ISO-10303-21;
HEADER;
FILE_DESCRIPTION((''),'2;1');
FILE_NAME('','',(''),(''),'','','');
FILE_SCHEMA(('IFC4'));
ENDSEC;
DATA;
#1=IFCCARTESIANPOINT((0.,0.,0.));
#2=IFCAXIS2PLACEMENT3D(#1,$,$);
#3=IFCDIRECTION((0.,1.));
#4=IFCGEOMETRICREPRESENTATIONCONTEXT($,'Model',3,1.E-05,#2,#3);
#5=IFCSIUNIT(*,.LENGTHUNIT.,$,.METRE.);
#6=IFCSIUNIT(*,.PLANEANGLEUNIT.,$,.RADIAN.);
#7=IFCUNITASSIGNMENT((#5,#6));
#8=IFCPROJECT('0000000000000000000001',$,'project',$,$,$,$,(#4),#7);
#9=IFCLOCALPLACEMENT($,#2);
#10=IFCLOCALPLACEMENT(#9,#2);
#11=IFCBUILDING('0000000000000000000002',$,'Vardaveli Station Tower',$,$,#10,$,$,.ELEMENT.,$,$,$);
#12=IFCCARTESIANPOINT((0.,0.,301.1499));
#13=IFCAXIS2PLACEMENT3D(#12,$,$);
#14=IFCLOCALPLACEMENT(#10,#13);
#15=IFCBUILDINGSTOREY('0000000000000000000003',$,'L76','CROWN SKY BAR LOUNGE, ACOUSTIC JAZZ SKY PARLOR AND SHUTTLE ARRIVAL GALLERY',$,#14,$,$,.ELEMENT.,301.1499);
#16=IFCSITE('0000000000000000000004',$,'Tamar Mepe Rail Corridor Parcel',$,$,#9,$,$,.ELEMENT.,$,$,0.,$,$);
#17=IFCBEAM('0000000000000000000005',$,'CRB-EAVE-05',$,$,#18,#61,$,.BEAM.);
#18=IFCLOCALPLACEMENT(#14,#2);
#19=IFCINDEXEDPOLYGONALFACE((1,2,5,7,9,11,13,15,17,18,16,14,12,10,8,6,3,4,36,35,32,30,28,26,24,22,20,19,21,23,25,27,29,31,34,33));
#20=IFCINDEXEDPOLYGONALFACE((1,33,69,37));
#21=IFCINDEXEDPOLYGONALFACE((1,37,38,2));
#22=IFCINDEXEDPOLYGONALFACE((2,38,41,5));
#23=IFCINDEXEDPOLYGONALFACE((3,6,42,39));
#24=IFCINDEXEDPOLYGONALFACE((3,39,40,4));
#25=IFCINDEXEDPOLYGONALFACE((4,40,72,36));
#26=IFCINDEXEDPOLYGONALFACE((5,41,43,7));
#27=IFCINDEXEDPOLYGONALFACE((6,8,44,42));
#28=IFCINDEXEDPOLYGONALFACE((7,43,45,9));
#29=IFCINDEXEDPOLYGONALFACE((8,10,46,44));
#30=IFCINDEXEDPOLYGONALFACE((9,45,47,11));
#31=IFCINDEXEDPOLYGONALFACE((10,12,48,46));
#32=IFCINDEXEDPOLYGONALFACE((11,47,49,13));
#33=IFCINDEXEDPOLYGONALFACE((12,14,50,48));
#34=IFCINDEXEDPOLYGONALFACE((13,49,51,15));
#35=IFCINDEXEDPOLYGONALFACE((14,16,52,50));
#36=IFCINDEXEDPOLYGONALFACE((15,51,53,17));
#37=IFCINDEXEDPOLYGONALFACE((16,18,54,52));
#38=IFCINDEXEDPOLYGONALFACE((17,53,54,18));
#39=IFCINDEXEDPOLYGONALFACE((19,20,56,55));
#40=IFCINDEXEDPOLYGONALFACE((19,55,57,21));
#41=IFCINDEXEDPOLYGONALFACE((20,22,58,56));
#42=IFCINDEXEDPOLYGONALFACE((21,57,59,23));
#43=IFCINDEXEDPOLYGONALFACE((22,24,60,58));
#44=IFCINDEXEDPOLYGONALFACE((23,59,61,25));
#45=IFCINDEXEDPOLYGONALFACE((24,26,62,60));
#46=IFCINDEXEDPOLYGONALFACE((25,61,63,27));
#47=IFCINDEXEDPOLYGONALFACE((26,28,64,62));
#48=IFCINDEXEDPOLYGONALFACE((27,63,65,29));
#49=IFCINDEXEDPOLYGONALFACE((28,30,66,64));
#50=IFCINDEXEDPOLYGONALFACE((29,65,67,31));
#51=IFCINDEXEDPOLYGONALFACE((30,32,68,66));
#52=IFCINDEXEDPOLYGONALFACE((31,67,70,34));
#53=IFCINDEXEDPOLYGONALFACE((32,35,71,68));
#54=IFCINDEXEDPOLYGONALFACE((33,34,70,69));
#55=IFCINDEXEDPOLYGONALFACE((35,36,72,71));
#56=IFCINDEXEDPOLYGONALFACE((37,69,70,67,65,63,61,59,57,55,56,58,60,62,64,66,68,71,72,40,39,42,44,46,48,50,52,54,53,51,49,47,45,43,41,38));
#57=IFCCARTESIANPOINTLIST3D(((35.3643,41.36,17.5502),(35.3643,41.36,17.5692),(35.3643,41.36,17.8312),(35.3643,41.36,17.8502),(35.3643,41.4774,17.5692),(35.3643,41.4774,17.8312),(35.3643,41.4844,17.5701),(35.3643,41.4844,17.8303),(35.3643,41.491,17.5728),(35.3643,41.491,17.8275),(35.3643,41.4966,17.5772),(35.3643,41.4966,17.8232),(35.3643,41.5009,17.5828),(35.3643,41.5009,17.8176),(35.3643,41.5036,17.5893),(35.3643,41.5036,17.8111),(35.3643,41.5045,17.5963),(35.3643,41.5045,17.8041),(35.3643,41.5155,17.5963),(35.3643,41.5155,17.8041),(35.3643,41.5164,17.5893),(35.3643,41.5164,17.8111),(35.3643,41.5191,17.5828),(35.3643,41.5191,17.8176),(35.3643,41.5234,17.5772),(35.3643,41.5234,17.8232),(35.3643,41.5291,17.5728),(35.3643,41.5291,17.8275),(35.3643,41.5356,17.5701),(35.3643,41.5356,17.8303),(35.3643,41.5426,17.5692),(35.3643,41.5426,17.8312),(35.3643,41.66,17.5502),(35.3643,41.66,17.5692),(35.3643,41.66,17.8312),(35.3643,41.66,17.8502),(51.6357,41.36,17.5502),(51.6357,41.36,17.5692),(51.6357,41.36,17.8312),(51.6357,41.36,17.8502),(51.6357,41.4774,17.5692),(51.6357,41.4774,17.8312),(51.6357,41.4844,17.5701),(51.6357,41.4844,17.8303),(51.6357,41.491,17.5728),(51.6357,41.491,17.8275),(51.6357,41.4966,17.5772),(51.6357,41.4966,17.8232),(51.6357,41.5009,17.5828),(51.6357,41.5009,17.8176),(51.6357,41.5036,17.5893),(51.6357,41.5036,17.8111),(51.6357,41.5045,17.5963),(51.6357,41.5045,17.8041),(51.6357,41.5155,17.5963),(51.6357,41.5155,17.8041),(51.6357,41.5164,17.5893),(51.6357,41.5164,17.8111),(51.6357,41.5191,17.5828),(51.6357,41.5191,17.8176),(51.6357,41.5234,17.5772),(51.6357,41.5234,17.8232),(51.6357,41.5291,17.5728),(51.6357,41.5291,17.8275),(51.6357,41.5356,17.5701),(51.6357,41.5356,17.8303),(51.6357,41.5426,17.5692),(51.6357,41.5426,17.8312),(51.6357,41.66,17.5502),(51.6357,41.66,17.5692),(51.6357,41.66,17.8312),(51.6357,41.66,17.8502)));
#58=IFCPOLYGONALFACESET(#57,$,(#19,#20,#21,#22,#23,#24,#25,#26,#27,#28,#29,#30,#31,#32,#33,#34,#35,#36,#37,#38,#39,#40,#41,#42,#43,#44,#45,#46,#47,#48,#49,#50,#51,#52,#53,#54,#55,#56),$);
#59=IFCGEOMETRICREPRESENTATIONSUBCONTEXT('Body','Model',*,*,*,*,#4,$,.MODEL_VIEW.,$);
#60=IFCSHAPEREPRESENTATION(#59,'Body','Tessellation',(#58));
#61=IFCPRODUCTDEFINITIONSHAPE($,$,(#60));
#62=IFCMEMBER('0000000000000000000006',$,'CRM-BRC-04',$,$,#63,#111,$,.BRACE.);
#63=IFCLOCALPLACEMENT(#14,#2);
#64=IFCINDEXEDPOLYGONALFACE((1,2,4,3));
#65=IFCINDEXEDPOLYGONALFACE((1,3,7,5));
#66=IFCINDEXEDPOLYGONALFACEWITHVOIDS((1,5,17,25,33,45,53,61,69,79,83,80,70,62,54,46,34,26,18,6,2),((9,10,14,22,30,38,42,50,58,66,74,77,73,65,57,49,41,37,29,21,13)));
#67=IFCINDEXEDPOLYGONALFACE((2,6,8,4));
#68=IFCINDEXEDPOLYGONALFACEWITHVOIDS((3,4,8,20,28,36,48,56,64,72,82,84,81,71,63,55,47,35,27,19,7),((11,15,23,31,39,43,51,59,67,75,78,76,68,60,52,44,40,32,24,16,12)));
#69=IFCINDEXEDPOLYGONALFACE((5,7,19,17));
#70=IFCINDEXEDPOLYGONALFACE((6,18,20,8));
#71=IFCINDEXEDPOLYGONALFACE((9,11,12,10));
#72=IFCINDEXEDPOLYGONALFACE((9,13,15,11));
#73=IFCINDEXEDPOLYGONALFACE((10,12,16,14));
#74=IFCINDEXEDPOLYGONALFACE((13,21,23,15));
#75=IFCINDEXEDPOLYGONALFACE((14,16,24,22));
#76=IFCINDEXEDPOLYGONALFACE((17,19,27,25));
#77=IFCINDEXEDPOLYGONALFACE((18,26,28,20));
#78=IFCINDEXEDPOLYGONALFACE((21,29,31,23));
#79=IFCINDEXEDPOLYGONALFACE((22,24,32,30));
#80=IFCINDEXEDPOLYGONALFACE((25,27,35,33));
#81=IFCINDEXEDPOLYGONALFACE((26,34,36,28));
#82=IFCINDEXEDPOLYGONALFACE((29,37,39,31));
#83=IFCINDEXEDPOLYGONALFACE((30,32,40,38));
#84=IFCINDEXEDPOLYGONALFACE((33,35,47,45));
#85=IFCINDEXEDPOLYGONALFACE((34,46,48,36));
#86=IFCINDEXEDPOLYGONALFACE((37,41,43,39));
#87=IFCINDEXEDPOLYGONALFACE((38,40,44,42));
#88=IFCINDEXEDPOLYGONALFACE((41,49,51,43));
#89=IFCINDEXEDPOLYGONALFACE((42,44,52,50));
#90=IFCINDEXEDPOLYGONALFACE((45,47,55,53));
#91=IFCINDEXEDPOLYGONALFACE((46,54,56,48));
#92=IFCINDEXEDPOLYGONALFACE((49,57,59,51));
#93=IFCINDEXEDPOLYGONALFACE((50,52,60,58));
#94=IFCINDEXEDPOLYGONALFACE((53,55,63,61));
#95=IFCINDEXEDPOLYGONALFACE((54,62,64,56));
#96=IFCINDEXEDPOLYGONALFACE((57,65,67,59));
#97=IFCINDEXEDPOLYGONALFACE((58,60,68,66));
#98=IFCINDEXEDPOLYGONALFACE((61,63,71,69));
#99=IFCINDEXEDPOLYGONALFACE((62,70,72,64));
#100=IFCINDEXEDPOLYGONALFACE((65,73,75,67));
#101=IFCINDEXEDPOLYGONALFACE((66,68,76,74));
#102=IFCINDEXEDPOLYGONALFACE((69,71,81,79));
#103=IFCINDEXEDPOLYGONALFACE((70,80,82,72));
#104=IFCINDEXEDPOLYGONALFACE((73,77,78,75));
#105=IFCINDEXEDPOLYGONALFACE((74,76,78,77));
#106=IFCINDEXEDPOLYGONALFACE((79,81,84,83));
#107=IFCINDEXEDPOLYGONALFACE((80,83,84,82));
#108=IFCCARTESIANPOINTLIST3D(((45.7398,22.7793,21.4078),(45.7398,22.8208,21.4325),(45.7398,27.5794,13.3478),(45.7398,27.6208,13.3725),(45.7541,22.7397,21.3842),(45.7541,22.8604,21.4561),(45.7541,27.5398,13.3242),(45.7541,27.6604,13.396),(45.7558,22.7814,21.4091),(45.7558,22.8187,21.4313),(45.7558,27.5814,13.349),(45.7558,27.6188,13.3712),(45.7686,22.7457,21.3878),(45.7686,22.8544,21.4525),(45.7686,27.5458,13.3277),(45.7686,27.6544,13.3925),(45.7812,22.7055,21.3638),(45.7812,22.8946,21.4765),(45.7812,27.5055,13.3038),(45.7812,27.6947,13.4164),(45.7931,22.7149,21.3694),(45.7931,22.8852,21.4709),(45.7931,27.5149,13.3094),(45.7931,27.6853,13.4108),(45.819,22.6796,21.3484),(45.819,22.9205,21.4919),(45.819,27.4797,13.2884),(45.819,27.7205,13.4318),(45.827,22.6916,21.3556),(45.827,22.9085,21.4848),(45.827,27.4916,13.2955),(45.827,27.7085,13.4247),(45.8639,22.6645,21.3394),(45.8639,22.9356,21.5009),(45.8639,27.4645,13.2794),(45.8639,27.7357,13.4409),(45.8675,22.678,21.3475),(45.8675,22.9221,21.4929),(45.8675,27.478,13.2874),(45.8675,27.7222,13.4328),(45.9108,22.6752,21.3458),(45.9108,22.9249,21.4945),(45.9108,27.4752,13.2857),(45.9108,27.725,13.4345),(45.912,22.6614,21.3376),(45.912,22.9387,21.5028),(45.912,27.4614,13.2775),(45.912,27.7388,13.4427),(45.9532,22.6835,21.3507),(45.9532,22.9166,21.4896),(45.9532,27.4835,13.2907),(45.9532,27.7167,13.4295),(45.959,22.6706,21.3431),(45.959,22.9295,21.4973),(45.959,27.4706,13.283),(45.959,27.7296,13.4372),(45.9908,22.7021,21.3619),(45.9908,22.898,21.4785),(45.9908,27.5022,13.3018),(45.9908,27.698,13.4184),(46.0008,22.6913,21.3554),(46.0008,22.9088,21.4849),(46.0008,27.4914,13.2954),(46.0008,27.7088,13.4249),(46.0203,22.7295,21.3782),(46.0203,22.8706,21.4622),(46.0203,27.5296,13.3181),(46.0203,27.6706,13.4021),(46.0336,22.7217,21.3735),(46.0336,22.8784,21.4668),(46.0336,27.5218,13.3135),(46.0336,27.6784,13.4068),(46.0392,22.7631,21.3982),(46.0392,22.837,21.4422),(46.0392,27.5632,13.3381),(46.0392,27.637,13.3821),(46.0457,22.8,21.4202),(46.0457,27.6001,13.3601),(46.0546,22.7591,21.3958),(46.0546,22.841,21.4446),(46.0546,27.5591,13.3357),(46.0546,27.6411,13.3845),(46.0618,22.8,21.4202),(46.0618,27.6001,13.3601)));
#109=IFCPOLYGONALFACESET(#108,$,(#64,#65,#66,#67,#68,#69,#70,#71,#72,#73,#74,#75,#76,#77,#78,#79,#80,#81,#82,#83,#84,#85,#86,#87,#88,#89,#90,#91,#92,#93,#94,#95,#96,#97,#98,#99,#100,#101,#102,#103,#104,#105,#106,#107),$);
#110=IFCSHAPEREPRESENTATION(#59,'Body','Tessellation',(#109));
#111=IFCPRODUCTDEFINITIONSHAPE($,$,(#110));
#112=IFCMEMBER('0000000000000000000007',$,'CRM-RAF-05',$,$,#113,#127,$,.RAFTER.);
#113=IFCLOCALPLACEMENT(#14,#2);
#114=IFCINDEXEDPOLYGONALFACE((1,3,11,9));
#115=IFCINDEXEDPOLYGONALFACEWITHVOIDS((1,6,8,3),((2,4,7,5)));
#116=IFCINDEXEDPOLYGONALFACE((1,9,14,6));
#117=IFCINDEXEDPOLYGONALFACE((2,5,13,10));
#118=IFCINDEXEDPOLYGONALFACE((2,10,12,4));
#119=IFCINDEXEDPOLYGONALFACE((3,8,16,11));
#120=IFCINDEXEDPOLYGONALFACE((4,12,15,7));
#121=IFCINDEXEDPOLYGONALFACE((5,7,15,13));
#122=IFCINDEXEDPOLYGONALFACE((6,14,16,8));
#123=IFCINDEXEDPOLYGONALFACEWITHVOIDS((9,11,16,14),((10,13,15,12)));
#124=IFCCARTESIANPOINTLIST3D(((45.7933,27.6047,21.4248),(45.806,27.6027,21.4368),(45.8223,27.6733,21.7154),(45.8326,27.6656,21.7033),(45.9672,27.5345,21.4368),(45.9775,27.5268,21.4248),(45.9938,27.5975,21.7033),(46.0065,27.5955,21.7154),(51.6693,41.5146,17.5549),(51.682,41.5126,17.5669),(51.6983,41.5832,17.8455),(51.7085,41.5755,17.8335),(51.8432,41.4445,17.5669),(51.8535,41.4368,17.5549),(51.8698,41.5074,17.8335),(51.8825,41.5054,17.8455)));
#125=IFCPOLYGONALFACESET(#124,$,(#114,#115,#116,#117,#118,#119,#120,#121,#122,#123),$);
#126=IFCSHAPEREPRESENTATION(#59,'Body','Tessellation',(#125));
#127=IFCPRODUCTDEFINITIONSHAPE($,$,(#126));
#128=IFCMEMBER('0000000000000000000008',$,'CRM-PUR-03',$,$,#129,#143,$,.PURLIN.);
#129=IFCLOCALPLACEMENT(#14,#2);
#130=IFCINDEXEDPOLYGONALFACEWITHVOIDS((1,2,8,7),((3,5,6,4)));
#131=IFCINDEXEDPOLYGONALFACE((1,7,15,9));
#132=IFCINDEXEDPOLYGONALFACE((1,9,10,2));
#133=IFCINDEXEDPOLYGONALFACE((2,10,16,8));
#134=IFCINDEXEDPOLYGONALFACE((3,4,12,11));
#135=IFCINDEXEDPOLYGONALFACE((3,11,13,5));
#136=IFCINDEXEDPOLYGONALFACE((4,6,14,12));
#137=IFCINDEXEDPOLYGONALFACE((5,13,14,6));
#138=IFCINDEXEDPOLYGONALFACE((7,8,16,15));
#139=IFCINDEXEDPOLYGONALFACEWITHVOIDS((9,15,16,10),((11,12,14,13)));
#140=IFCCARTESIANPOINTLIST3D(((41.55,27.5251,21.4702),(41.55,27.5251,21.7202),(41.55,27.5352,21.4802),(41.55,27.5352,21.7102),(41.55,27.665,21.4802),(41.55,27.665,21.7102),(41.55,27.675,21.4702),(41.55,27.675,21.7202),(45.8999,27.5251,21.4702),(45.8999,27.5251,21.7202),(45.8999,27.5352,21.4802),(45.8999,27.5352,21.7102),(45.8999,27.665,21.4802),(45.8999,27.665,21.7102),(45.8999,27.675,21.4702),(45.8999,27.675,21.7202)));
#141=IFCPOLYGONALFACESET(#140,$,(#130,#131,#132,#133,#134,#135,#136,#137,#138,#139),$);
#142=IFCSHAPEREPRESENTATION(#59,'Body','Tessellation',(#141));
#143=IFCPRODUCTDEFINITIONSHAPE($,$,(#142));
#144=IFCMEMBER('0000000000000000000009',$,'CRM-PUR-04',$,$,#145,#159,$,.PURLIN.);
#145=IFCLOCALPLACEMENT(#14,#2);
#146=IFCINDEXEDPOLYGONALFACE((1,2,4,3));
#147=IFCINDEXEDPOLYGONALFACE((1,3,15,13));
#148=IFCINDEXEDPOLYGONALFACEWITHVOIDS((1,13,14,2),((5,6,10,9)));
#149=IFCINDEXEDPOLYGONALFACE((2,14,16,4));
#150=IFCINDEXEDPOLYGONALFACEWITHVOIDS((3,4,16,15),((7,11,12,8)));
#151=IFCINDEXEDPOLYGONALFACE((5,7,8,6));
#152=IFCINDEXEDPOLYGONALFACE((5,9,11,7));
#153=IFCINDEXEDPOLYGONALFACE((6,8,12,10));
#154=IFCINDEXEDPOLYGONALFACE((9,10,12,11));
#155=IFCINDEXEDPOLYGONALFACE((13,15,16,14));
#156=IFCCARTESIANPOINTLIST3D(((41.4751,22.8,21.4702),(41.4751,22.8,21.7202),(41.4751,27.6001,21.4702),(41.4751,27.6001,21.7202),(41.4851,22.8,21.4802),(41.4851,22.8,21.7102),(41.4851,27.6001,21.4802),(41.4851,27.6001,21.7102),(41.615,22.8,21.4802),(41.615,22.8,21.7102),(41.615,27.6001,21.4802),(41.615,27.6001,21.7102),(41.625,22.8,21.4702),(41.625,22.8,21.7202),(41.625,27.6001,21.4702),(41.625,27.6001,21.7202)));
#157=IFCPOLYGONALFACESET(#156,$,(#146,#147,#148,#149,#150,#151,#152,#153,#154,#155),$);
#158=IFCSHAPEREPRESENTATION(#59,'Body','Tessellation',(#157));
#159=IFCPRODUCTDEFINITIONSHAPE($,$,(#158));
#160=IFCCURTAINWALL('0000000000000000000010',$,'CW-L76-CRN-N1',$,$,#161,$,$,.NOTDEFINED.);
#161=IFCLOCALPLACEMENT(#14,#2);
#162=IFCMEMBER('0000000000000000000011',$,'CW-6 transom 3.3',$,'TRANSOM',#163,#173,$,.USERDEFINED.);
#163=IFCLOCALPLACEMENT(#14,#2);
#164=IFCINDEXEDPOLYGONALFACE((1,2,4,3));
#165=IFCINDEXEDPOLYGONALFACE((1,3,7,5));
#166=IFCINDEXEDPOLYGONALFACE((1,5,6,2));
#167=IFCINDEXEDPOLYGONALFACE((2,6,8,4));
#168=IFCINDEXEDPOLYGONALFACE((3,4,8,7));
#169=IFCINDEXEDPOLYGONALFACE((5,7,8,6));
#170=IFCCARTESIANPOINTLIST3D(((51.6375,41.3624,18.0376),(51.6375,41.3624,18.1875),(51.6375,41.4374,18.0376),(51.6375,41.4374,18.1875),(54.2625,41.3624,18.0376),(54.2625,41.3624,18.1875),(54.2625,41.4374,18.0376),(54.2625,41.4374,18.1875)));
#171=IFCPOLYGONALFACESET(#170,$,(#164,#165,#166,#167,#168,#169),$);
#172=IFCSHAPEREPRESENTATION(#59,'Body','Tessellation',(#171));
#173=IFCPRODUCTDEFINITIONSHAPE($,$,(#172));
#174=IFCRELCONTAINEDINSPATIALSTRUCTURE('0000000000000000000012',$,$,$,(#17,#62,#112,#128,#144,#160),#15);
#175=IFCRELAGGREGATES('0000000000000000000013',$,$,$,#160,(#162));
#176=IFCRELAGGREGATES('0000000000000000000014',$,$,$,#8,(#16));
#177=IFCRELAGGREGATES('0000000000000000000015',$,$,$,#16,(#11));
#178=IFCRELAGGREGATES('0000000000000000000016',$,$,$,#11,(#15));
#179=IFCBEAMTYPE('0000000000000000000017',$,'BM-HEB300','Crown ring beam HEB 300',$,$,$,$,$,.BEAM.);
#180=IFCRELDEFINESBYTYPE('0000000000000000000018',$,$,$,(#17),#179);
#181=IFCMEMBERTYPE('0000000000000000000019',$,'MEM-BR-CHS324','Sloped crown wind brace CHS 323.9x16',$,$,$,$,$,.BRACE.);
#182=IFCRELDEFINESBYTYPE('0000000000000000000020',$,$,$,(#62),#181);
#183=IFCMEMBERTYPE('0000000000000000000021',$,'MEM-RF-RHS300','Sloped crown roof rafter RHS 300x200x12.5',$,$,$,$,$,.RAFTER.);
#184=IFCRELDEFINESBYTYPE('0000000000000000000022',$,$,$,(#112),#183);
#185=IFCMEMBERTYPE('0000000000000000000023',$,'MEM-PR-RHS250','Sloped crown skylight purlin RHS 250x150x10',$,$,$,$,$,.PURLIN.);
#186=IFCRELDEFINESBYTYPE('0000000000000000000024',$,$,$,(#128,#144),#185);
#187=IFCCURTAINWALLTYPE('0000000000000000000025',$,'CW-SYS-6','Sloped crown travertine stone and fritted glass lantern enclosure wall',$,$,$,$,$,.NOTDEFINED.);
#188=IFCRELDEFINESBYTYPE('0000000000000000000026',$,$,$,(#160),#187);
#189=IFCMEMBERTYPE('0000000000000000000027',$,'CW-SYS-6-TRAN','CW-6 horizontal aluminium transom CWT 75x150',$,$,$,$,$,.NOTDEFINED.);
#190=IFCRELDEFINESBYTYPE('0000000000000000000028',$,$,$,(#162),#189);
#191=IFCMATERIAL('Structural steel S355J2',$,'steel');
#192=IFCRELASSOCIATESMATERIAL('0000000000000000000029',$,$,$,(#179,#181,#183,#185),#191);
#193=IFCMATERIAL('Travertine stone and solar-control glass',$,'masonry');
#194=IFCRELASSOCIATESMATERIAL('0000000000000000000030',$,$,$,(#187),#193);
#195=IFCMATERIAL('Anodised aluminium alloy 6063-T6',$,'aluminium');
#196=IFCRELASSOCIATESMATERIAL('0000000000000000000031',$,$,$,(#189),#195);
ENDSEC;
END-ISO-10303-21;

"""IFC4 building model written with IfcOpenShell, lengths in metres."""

from ifc_helpers import new_model, si_unit, direction, frame, origin, origin_2d, place, context, subcontext, project, spatial, rectangle, hollow_rectangle, hollow_circle, i_section, extrude, source, transform, mapped, material, material_profile, profile_set, type_object, element, aggregate, save


model = new_model("IFC4")

# Units and contexts
model_context = context("Model", 3, precision=1e-05, world=origin(), true_north=direction((0.0, 1.0)))
body_context = subcontext(model_context, "Body", "Model", "MODEL_VIEW")
ifc_project = project(units=[si_unit("LENGTHUNIT", "METRE"), si_unit("PLANEANGLEUNIT", "RADIAN")], contexts=[model_context])

# Site, building, storey
site_placement = place(None, origin())
site = spatial("IfcSite", under=ifc_project, at=site_placement, Name="Tamar Mepe Rail Corridor Parcel", CompositionType="ELEMENT", RefElevation=0.0)
building_placement = place(site_placement, origin())
building = spatial("IfcBuilding", under=site, at=building_placement, Name="Vardaveli Station Tower", CompositionType="ELEMENT")
storey_placement = place(building_placement, frame((0.0, 0.0, 301.1499)))
storey = spatial("IfcBuildingStorey", under=building, at=storey_placement, Name="L76", Description="CROWN SKY BAR LOUNGE, ACOUSTIC JAZZ SKY PARLOR AND SHUTTLE ARRIVAL GALLERY", CompositionType="ELEMENT", Elevation=301.1499)

# Beam
ifc_material_1 = material(Name="Structural steel S355J2", Category="steel")
ifc_material_profile_1 = material_profile(ifc_material_1, i_section(OverallWidth=0.3, OverallDepth=0.3, WebThickness=0.011, FlangeThickness=0.019, FilletRadius=0.0271, at=origin_2d()), Name="HEB 300")
ifc_profile_set_1 = profile_set([ifc_material_profile_1], Name="Structural steel S355J2")
beam_type = type_object("IfcBeamType", Name="BM-HEB300", Description="Crown ring beam HEB 300", PredefinedType="BEAM", material=ifc_profile_set_1)
shared_shape_1 = source(origin(), body_context, "Body", "SweptSolid", [
    extrude(i_section(OverallWidth=0.3, OverallDepth=0.3, WebThickness=0.011, FlangeThickness=0.019, FilletRadius=0.0271, at=origin_2d()), origin(), (0.0, 0.0, 1.0), 16.2715),
])
beam_placement = place(storey_placement, frame((51.6357, 41.51, 17.7002), z_axis=(-1.0, 0.0, 0.0), x_axis=(0.0, -1.0, 0.0)))
element("IfcBeam", 1, at=beam_placement, inside=storey, type_object=beam_type, Name="CRB-EAVE-05", PredefinedType="BEAM", context=body_context, shape_type="MappedRepresentation", body=[
    mapped(shared_shape_1, transform((0.0, 0.0, 0.0), scale=1.0)),
])

# Members
ifc_material_profile_2 = material_profile(ifc_material_1, hollow_circle(Radius=0.1619, WallThickness=0.0161, at=origin_2d()), Name="CHS 323.9x16")
ifc_profile_set_2 = profile_set([ifc_material_profile_2], Name="Structural steel S355J2")
member_type_1 = type_object("IfcMemberType", Name="MEM-BR-CHS324", Description="Sloped crown wind brace CHS 323.9x16", PredefinedType="BRACE", material=ifc_profile_set_2)
shared_shape_2 = source(origin(), body_context, "Body", "SweptSolid", [
    extrude(hollow_circle(Radius=0.1619, WallThickness=0.0161, at=origin_2d()), origin(), (0.0, 0.0, 1.0), 9.3811),
])
member_1_placement = place(storey_placement, frame((45.8999, 27.6001, 13.3601), z_axis=(0.0, -0.511672, 0.859181), x_axis=(1.0, 0.0, 0.0)))
element("IfcMember", 2, at=member_1_placement, inside=storey, type_object=member_type_1, Name="CRM-BRC-04", PredefinedType="BRACE", context=body_context, shape_type="MappedRepresentation", body=[
    mapped(shared_shape_2, transform((0.0, 0.0, 0.0), scale=1.0)),
])
ifc_material_profile_3 = material_profile(ifc_material_1, hollow_rectangle(XDim=0.2, YDim=0.3, WallThickness=0.0125, at=origin_2d()), Name="RHS 300x200x12.5")
ifc_profile_set_3 = profile_set([ifc_material_profile_3], Name="Structural steel S355J2")
member_type_2 = type_object("IfcMemberType", Name="MEM-RF-RHS300", Description="Sloped crown roof rafter RHS 300x200x12.5", PredefinedType="RAFTER", material=ifc_profile_set_3)
shared_shape_3 = source(origin(), body_context, "Body", "SweptSolid", [
    extrude(hollow_rectangle(XDim=0.2, YDim=0.3, WallThickness=0.0125, at=origin_2d()), origin(), (0.0, 0.0, 1.0), 15.5881),
])
member_2_placement = place(storey_placement, frame((51.7759, 41.51, 17.7002), z_axis=(-0.376953, -0.892342, 0.248258), x_axis=(0.921181, -0.389135, 0.0)))
element("IfcMember", 3, at=member_2_placement, inside=storey, type_object=member_type_2, Name="CRM-RAF-05", PredefinedType="RAFTER", context=body_context, shape_type="MappedRepresentation", body=[
    mapped(shared_shape_3, transform((0.0, 0.0, 0.0), scale=1.0)),
])
ifc_material_profile_4 = material_profile(ifc_material_1, hollow_rectangle(XDim=0.1499, YDim=0.25, WallThickness=0.01, at=origin_2d()), Name="RHS 250x150x10")
ifc_profile_set_4 = profile_set([ifc_material_profile_4], Name="Structural steel S355J2")
member_type_3 = type_object("IfcMemberType", Name="MEM-PR-RHS250", Description="Sloped crown skylight purlin RHS 250x150x10", PredefinedType="PURLIN", material=ifc_profile_set_4)
shared_shape_4 = source(origin(), body_context, "Body", "SweptSolid", [
    extrude(hollow_rectangle(XDim=0.1499, YDim=0.25, WallThickness=0.01, at=origin_2d()), origin(), (0.0, 0.0, 1.0), 4.3499),
])
member_3_placement = place(storey_placement, frame((45.8999, 27.6001, 21.5952), z_axis=(-1.0, 0.0, 0.0), x_axis=(0.0, -1.0, 0.0)))
element("IfcMember", 4, at=member_3_placement, inside=storey, type_object=member_type_3, Name="CRM-PUR-03", PredefinedType="PURLIN", context=body_context, shape_type="MappedRepresentation", body=[
    mapped(shared_shape_4, transform((0.0, 0.0, 0.0), scale=1.0)),
])
shared_shape_5 = source(origin(), body_context, "Body", "SweptSolid", [
    extrude(hollow_rectangle(XDim=0.1499, YDim=0.25, WallThickness=0.01, at=origin_2d()), origin(), (0.0, 0.0, 1.0), 4.8),
])
member_4_placement = place(storey_placement, frame((41.55, 27.6001, 21.5952), z_axis=(0.0, -1.0, 0.0), x_axis=(1.0, 0.0, 0.0)))
element("IfcMember", 5, at=member_4_placement, inside=storey, type_object=member_type_3, Name="CRM-PUR-04", PredefinedType="PURLIN", context=body_context, shape_type="MappedRepresentation", body=[
    mapped(shared_shape_5, transform((0.0, 0.0, 0.0), scale=1.0)),
])

# Curtain wall, member
ifc_material_2 = material(Name="Travertine stone and solar-control glass", Category="masonry")
curtain_wall_type = type_object("IfcCurtainWallType", Name="CW-SYS-6", Description="Sloped crown travertine stone and fritted glass lantern enclosure wall", PredefinedType="NOTDEFINED", material=ifc_material_2)
curtain_wall_1_placement = place(storey_placement, origin())
curtain_wall_1 = element("IfcCurtainWall", 6, at=curtain_wall_1_placement, inside=storey, type_object=curtain_wall_type, Name="CW-L76-CRN-N1", PredefinedType="NOTDEFINED")
ifc_material_3 = material(Name="Anodised aluminium alloy 6063-T6", Category="aluminium")
ifc_material_profile_5 = material_profile(ifc_material_3, rectangle(XDim=0.075, YDim=0.1499, at=origin_2d()), Name="CWT 75x150")
ifc_profile_set_5 = profile_set([ifc_material_profile_5], Name="Anodised aluminium alloy 6063-T6")
member_type_4 = type_object("IfcMemberType", Name="CW-SYS-6-TRAN", Description="CW-6 horizontal aluminium transom CWT 75x150", PredefinedType="NOTDEFINED", material=ifc_profile_set_5)
shared_shape_6 = source(origin(), body_context, "Body", "SweptSolid", [
    extrude(rectangle(XDim=0.075, YDim=0.1499, at=origin_2d()), origin(), (0.0, 0.0, 1.0), 2.625),
])
member_5_placement = place(storey_placement, frame((54.2625, 41.3999, 18.1125), z_axis=(-1.0, 0.0, 0.0), x_axis=(0.0, -1.0, 0.0)))
member_5 = element("IfcMember", 7, at=member_5_placement, type_object=member_type_4, Name="CW-6 transom 3.3", ObjectType="TRANSOM", PredefinedType="USERDEFINED", context=body_context, shape_type="MappedRepresentation", body=[
    mapped(shared_shape_6, transform((0.0, 0.0, 0.0), scale=1.0)),
])

aggregate(curtain_wall_1, [member_5])

save(model, "model.ifc")
